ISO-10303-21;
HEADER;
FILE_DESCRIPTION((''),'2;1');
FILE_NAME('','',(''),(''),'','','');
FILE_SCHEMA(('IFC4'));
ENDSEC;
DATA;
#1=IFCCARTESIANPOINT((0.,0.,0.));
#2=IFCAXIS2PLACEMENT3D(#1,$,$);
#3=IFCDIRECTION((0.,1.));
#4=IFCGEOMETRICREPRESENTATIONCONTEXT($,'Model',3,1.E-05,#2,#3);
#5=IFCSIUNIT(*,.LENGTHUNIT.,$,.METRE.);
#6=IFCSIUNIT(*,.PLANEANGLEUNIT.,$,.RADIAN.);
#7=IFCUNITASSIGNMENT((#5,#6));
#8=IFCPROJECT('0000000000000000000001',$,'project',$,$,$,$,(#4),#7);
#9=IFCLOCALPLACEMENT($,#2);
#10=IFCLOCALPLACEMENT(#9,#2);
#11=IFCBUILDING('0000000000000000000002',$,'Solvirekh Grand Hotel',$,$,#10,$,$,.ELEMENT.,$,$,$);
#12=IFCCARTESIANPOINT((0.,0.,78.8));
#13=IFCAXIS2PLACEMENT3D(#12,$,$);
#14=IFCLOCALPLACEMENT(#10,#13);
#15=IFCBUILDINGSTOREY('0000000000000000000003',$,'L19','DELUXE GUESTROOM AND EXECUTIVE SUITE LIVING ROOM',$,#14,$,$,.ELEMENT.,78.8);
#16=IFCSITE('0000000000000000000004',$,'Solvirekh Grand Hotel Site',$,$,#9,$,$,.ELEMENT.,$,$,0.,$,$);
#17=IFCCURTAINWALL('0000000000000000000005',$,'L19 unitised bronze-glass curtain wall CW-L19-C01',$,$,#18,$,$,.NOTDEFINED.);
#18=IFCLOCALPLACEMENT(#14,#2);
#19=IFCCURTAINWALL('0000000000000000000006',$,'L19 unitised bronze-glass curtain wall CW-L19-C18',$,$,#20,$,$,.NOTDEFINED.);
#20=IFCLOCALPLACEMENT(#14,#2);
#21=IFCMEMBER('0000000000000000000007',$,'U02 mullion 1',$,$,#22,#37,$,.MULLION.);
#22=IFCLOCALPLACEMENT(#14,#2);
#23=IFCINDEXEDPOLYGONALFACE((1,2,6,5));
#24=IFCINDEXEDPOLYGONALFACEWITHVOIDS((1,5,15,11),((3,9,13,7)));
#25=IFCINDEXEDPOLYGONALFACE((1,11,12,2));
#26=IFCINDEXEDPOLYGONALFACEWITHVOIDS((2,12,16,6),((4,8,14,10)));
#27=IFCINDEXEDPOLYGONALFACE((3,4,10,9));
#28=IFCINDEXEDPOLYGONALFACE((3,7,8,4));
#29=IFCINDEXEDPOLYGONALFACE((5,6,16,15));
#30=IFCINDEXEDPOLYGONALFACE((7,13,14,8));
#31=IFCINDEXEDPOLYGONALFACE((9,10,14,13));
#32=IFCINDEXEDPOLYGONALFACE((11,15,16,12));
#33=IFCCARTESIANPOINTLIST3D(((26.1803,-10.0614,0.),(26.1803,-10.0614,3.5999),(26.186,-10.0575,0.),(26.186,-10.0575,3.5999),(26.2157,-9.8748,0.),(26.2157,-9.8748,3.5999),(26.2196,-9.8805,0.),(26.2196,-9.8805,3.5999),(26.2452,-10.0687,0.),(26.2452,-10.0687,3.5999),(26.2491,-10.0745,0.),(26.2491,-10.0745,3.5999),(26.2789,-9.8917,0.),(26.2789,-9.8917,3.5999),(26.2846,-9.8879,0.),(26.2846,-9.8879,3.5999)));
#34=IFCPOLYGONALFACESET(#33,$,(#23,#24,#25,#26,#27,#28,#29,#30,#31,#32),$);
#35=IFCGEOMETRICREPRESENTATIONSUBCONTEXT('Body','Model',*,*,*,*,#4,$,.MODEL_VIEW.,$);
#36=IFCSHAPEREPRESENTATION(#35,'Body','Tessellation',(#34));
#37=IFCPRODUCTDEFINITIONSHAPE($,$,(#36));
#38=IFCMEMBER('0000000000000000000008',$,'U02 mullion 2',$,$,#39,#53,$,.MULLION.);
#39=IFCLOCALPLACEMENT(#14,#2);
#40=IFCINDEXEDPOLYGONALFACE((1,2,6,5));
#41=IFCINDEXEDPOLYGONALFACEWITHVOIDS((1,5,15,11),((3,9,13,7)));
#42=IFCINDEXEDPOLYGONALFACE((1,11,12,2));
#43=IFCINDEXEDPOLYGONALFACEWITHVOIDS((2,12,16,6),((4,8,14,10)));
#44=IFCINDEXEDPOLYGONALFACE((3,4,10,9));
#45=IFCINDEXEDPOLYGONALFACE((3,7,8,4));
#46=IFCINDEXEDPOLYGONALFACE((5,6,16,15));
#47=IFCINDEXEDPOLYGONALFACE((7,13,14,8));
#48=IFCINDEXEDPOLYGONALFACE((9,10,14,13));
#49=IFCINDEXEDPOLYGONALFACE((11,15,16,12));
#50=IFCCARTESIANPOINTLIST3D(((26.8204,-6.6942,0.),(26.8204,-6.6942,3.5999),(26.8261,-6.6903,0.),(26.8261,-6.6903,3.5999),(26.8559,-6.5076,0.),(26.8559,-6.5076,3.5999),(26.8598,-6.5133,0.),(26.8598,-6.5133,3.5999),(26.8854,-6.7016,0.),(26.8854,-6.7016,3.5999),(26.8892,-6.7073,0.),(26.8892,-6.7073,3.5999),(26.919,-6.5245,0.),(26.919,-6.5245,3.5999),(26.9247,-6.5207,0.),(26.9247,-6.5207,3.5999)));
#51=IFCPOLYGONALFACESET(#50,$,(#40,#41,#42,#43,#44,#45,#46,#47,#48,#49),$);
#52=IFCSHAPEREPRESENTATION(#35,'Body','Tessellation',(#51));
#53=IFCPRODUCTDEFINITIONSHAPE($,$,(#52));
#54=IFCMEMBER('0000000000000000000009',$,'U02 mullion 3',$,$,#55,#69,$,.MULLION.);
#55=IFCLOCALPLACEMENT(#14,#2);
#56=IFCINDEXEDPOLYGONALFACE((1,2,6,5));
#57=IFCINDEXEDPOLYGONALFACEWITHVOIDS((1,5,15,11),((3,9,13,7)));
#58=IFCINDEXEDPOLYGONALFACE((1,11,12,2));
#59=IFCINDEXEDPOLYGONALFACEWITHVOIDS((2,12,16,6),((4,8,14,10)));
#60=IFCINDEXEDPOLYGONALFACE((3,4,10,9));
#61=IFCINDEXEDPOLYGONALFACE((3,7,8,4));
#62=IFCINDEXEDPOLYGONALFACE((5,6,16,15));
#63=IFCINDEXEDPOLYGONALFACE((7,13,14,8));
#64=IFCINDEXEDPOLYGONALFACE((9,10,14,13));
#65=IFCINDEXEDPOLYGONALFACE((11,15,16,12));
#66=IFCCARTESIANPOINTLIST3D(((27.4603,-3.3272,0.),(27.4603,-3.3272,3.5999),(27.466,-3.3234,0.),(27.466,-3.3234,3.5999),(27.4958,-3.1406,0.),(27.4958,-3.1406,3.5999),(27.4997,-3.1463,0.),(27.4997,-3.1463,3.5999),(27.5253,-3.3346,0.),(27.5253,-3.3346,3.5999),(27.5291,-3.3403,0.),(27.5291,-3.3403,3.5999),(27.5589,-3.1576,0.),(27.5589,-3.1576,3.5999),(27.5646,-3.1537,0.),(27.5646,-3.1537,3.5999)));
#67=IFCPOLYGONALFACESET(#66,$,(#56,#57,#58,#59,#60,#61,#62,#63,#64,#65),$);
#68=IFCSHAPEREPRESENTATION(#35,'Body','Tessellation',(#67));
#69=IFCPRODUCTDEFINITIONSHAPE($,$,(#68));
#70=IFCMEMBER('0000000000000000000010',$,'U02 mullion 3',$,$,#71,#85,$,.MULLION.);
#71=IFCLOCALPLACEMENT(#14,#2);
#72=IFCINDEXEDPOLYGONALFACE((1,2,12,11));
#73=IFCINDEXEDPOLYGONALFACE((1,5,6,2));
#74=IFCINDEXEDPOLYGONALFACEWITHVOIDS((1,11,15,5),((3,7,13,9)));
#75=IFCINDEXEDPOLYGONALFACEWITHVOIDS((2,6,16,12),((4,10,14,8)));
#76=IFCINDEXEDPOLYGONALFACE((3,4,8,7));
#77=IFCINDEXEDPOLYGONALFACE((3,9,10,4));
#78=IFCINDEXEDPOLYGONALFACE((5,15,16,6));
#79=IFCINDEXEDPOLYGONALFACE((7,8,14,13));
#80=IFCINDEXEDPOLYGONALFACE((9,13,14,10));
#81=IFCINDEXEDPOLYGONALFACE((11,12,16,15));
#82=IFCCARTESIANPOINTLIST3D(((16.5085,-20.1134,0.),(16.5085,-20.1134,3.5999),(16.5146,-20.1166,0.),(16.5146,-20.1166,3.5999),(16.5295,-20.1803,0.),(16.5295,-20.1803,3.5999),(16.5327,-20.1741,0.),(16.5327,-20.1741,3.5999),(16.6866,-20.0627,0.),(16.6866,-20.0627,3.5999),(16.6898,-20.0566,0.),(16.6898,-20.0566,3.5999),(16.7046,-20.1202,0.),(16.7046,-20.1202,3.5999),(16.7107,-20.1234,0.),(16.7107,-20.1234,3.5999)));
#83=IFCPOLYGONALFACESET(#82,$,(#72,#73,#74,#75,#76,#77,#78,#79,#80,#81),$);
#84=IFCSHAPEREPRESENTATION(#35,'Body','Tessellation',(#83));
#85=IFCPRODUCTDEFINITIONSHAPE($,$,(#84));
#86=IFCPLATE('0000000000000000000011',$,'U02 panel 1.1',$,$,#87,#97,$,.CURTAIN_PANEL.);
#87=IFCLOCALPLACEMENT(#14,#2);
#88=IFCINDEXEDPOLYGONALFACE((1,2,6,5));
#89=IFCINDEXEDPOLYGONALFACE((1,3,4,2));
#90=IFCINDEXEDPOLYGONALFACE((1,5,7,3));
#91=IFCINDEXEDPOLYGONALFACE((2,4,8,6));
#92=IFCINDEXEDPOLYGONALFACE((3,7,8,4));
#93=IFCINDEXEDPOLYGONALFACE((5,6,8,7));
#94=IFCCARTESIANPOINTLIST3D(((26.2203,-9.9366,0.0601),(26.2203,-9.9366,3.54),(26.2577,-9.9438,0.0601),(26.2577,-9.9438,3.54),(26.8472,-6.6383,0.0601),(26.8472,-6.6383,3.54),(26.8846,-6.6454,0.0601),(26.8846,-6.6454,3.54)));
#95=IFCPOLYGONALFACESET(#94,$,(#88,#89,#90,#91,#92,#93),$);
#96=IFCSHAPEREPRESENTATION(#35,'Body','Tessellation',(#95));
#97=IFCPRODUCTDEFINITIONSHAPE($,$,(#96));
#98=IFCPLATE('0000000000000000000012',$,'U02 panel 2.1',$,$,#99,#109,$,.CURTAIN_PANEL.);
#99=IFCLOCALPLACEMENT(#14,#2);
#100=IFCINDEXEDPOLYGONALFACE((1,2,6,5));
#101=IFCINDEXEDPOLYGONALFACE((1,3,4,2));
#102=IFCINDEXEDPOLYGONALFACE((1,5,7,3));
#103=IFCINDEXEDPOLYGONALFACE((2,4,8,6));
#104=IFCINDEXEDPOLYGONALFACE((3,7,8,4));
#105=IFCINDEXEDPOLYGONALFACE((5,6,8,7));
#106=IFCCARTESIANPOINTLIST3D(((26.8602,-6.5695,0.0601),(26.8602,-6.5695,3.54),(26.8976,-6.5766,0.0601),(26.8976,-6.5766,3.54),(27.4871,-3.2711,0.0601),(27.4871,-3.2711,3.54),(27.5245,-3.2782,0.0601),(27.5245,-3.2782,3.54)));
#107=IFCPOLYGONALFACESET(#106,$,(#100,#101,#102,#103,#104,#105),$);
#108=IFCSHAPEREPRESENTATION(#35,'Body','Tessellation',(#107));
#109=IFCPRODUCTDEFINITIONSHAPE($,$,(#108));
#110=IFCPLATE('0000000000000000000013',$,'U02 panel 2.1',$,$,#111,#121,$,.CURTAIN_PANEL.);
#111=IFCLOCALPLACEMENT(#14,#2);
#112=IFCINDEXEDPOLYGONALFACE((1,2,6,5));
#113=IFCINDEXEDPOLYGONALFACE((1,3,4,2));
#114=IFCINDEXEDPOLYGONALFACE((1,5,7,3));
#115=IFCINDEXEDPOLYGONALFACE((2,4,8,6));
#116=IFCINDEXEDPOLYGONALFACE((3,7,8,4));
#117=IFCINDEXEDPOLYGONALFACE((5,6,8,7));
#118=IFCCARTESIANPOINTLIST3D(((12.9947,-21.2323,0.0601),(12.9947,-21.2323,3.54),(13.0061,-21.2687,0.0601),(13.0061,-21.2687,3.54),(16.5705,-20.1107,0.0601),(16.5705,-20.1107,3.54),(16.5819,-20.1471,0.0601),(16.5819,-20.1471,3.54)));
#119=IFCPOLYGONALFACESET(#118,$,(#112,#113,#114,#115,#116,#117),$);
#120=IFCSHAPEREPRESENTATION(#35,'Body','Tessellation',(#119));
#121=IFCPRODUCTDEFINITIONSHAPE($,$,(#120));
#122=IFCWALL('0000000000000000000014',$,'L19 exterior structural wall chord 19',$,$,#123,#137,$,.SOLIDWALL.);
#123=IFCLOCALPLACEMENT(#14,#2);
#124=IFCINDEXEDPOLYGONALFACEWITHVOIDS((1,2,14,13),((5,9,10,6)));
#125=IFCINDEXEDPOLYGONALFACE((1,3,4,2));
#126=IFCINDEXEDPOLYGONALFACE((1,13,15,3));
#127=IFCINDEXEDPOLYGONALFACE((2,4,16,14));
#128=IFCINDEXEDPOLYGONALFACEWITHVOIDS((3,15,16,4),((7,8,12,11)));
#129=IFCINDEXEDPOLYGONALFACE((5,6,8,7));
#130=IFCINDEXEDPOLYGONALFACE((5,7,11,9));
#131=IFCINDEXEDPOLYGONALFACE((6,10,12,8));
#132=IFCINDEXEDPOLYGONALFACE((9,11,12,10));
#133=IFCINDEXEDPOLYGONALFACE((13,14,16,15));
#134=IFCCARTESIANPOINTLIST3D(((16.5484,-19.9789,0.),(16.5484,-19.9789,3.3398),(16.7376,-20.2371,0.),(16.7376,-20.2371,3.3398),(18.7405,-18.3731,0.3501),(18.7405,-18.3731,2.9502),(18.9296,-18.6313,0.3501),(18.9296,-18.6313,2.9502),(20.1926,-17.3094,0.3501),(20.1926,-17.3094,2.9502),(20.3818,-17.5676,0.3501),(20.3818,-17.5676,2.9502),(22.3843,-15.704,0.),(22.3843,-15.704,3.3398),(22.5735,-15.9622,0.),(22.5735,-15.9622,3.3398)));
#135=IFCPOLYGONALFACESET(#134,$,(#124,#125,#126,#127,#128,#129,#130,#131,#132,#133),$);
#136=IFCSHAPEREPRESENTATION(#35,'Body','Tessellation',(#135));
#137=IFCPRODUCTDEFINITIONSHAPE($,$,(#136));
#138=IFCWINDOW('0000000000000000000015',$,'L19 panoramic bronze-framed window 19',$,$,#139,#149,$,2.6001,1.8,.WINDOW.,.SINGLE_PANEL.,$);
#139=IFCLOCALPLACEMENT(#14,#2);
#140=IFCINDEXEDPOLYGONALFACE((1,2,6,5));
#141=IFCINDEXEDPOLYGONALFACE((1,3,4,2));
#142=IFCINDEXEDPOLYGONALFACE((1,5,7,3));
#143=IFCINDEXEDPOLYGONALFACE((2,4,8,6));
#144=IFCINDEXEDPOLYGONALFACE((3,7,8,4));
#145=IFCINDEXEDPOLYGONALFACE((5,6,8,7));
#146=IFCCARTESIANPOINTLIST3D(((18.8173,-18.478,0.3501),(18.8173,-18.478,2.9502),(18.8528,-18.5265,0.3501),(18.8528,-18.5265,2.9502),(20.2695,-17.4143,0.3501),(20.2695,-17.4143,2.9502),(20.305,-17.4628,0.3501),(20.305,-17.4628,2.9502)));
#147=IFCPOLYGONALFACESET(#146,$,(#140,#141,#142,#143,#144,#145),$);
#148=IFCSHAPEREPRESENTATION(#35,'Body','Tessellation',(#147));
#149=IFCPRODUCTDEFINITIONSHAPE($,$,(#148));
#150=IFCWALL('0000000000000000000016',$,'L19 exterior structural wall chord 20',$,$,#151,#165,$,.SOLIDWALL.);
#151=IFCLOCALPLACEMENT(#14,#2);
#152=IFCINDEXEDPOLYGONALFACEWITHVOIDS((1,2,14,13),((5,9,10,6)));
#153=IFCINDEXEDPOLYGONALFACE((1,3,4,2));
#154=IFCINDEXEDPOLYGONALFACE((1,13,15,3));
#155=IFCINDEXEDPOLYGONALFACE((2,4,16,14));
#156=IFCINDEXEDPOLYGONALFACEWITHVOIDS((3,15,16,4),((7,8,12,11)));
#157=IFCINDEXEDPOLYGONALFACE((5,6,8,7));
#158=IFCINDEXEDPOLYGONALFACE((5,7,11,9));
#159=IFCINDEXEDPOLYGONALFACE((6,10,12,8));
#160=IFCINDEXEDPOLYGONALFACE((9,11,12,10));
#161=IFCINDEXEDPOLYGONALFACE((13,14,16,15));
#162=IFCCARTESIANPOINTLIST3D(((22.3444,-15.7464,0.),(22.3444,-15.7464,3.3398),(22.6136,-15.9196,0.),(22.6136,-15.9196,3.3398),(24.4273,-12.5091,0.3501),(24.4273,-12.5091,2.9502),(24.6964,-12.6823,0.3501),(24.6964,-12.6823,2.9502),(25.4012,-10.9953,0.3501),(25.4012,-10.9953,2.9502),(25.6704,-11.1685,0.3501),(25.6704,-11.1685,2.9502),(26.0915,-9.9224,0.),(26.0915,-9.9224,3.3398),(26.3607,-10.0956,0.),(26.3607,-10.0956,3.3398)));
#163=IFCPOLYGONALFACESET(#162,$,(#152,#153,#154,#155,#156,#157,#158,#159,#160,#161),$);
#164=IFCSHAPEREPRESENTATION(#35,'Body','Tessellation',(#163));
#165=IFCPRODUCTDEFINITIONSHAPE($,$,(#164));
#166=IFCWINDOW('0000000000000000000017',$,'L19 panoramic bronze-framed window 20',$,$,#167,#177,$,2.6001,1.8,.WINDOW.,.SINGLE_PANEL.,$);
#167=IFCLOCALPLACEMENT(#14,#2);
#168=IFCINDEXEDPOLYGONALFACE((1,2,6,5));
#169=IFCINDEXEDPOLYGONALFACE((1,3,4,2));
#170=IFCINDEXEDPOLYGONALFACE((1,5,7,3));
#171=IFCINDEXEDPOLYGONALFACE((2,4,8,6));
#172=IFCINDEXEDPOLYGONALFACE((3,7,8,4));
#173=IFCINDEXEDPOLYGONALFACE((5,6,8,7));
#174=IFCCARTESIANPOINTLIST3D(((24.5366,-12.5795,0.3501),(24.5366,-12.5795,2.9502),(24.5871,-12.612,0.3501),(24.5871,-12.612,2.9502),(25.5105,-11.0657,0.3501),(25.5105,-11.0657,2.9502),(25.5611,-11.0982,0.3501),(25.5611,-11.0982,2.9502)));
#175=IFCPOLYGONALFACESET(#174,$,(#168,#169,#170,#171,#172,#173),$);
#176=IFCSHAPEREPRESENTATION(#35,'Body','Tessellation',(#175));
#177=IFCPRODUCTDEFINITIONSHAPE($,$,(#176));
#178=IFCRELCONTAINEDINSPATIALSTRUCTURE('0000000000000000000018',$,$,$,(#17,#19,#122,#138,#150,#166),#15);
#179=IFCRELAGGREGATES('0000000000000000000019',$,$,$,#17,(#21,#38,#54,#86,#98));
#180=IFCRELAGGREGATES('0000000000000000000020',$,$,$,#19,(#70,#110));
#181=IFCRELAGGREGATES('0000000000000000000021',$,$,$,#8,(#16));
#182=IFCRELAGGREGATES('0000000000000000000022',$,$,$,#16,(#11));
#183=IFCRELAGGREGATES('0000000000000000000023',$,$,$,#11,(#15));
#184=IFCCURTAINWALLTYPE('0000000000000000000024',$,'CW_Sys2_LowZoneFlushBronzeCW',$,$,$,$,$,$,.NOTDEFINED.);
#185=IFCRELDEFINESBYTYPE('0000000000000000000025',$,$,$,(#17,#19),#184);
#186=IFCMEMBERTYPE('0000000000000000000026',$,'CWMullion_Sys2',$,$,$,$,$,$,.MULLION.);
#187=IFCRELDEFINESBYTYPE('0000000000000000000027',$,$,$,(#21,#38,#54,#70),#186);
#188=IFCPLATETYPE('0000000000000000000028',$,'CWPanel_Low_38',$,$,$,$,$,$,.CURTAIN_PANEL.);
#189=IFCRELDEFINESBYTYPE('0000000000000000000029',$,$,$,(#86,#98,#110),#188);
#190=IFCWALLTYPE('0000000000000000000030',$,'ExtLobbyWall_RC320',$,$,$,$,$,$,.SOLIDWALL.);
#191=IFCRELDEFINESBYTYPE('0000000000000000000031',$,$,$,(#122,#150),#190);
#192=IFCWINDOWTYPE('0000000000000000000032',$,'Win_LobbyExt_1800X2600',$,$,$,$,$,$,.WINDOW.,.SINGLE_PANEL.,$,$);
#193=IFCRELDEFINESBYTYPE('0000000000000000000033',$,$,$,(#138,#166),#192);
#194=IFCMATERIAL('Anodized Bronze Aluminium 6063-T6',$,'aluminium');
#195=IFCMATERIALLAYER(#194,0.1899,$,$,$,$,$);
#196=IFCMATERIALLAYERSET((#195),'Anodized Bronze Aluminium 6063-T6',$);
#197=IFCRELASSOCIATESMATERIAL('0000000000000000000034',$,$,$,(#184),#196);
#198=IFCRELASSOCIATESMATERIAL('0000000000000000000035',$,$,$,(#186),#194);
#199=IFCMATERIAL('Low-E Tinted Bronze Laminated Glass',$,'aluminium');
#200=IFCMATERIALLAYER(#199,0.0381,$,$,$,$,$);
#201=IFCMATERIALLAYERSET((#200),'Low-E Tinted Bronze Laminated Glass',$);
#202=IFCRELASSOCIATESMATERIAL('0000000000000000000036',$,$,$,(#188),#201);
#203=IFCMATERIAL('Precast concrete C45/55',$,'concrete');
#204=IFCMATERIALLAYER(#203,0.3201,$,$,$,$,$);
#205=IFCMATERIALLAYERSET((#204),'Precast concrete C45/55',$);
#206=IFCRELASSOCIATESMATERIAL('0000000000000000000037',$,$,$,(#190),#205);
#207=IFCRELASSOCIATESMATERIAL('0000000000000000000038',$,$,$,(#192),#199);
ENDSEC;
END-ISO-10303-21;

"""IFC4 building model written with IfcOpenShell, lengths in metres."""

from ifc_helpers import new_model, si_unit, direction, frame, frame_2d, origin, origin_2d, place, context, subcontext, project, spatial, rectangle, hollow_rectangle, extrude, source, transform, mapped, material, layer, layer_set, material_profile, profile_set, type_object, element, fill, aggregate, save


model = new_model("IFC4")

# Units and contexts
model_context = context("Model", 3, precision=1e-05, world=origin(), true_north=direction((0.0, 1.0)))
body_context = subcontext(model_context, "Body", "Model", "MODEL_VIEW")
ifc_project = project(units=[si_unit("LENGTHUNIT", "METRE"), si_unit("PLANEANGLEUNIT", "RADIAN")], contexts=[model_context])

# Site, building, storey
site_placement = place(None, origin())
site = spatial("IfcSite", under=ifc_project, at=site_placement, Name="Solvirekh Grand Hotel Site", CompositionType="ELEMENT", RefElevation=0.0)
building_placement = place(site_placement, origin())
building = spatial("IfcBuilding", under=site, at=building_placement, Name="Solvirekh Grand Hotel", CompositionType="ELEMENT")
storey_placement = place(building_placement, frame((0.0, 0.0, 78.8)))
storey = spatial("IfcBuildingStorey", under=building, at=storey_placement, Name="L19", Description="DELUXE GUESTROOM AND EXECUTIVE SUITE LIVING ROOM", CompositionType="ELEMENT", Elevation=78.8)

# Curtain wall
ifc_material_1 = material(Name="Anodized Bronze Aluminium 6063-T6", Category="aluminium")
ifc_layer_1 = layer(ifc_material_1, 0.1899)
ifc_layer_set_1 = layer_set([ifc_layer_1], Name="Anodized Bronze Aluminium 6063-T6")
curtain_wall_type = type_object("IfcCurtainWallType", Name="CW_Sys2_LowZoneFlushBronzeCW", PredefinedType="NOTDEFINED", material=ifc_layer_set_1)
curtain_wall_1_placement = place(storey_placement, origin())
curtain_wall_1 = element("IfcCurtainWall", 1, at=curtain_wall_1_placement, inside=storey, type_object=curtain_wall_type, Name="L19 unitised bronze-glass curtain wall CW-L19-C01", PredefinedType="NOTDEFINED")

# Curtain wall
curtain_wall_2_placement = place(storey_placement, origin())
curtain_wall_2 = element("IfcCurtainWall", 2, at=curtain_wall_2_placement, inside=storey, type_object=curtain_wall_type, Name="L19 unitised bronze-glass curtain wall CW-L19-C18", PredefinedType="NOTDEFINED")

# Members
ifc_material_profile_1 = material_profile(ifc_material_1, hollow_rectangle(XDim=0.0701, YDim=0.1899, WallThickness=0.0049, at=origin_2d()), Name="ALU RHS 190X70X5")
ifc_profile_set_1 = profile_set([ifc_material_profile_1], Name="Anodized Bronze Aluminium 6063-T6")
member_type_1 = type_object("IfcMemberType", Name="CWMullion_Sys2", PredefinedType="MULLION", material=ifc_profile_set_1)
shared_shape_1 = source(origin(), body_context, "Body", "SweptSolid", [
    extrude(hollow_rectangle(XDim=0.0701, YDim=0.1899, WallThickness=0.0049, at=origin_2d()), origin(), (0.0, 0.0, 1.0), 3.5999),
])
member_1_placement = place(storey_placement, frame((26.2324, -9.9746, 0.0), z_axis=(0.0, 0.0, 1.0), x_axis=(-0.982413, 0.186721, 0.0)))
member_1 = element("IfcMember", 3, at=member_1_placement, type_object=member_type_1, Name="U02 mullion 1", PredefinedType="MULLION", context=body_context, shape_type="MappedRepresentation", body=[
    mapped(shared_shape_1, transform((0.0, 0.0, 0.0), x_axis=(1.0, 0.0, 0.0), y_axis=(0.0, 1.0, 0.0), z_axis=(0.0, 0.0, 1.0), scale=1.0)),
])
member_2_placement = place(storey_placement, frame((26.8726, -6.6074, 0.0), z_axis=(0.0, 0.0, 1.0), x_axis=(-0.982413, 0.186721, 0.0)))
member_2 = element("IfcMember", 4, at=member_2_placement, type_object=member_type_1, Name="U02 mullion 2", PredefinedType="MULLION", context=body_context, shape_type="MappedRepresentation", body=[
    mapped(shared_shape_1, transform((0.0, 0.0, 0.0), x_axis=(1.0, 0.0, 0.0), y_axis=(0.0, 1.0, 0.0), z_axis=(0.0, 0.0, 1.0), scale=1.0)),
])
member_3_placement = place(storey_placement, frame((27.5125, -3.2405, 0.0), z_axis=(0.0, 0.0, 1.0), x_axis=(-0.982413, 0.186721, 0.0)))
member_3 = element("IfcMember", 5, at=member_3_placement, type_object=member_type_1, Name="U02 mullion 3", PredefinedType="MULLION", context=body_context, shape_type="MappedRepresentation", body=[
    mapped(shared_shape_1, transform((0.0, 0.0, 0.0), x_axis=(1.0, 0.0, 0.0), y_axis=(0.0, 1.0, 0.0), z_axis=(0.0, 0.0, 1.0), scale=1.0)),
])
member_4_placement = place(storey_placement, frame((16.6096, -20.1184, 0.0), z_axis=(0.0, 0.0, 1.0), x_axis=(-0.29928, 0.954165, 0.0)))
member_4 = element("IfcMember", 6, at=member_4_placement, type_object=member_type_1, Name="U02 mullion 3", PredefinedType="MULLION", context=body_context, shape_type="MappedRepresentation", body=[
    mapped(shared_shape_1, transform((0.0, 0.0, 0.0), x_axis=(1.0, 0.0, 0.0), y_axis=(0.0, 1.0, 0.0), z_axis=(0.0, 0.0, 1.0), scale=1.0)),
])

# Plates
ifc_material_2 = material(Name="Low-E Tinted Bronze Laminated Glass", Category="aluminium")
ifc_layer_2 = layer(ifc_material_2, 0.0381)
ifc_layer_set_2 = layer_set([ifc_layer_2], Name="Low-E Tinted Bronze Laminated Glass")
plate_type = type_object("IfcPlateType", Name="CWPanel_Low_38", PredefinedType="CURTAIN_PANEL", material=ifc_layer_set_2)
shared_shape_2 = source(origin(), body_context, "Body", "SweptSolid", [
    extrude(rectangle(XDim=3.3574, YDim=0.0381, at=origin_2d()), origin(), (0.0, 0.0, 1.0), 3.48),
])
plate_1_placement = place(storey_placement, frame((26.5525, -8.291, 0.0601), z_axis=(0.0, 0.0, 1.0), x_axis=(0.186721, 0.982413, 0.0)))
plate_1 = element("IfcPlate", 7, at=plate_1_placement, type_object=plate_type, Name="U02 panel 1.1", PredefinedType="CURTAIN_PANEL", context=body_context, shape_type="MappedRepresentation", body=[
    mapped(shared_shape_2, transform((0.0, 0.0, 0.0), x_axis=(1.0, 0.0, 0.0), y_axis=(0.0, 1.0, 0.0), z_axis=(0.0, 0.0, 1.0), scale=1.0)),
])
plate_2_placement = place(storey_placement, frame((27.1924, -4.9238, 0.0601), z_axis=(0.0, 0.0, 1.0), x_axis=(0.186721, 0.982413, 0.0)))
plate_2 = element("IfcPlate", 8, at=plate_2_placement, type_object=plate_type, Name="U02 panel 2.1", PredefinedType="CURTAIN_PANEL", context=body_context, shape_type="MappedRepresentation", body=[
    mapped(shared_shape_2, transform((0.0, 0.0, 0.0), x_axis=(1.0, 0.0, 0.0), y_axis=(0.0, 1.0, 0.0), z_axis=(0.0, 0.0, 1.0), scale=1.0)),
])
aggregate(curtain_wall_1, [member_1, member_2, member_3, plate_1, plate_2])
shared_shape_3 = source(origin(), body_context, "Body", "SweptSolid", [
    extrude(rectangle(XDim=3.7476, YDim=0.0381, at=origin_2d()), origin(), (0.0, 0.0, 1.0), 3.48),
])
plate_3_placement = place(storey_placement, frame((14.7883, -20.6897, 0.0601), z_axis=(0.0, 0.0, 1.0), x_axis=(0.954165, 0.29928, 0.0)))
plate_3 = element("IfcPlate", 9, at=plate_3_placement, type_object=plate_type, Name="U02 panel 2.1", PredefinedType="CURTAIN_PANEL", context=body_context, shape_type="MappedRepresentation", body=[
    mapped(shared_shape_3, transform((0.0, 0.0, 0.0), x_axis=(1.0, 0.0, 0.0), y_axis=(0.0, 1.0, 0.0), z_axis=(0.0, 0.0, 1.0), scale=1.0)),
])
aggregate(curtain_wall_2, [member_4, plate_3])

# Walls, openings, windows
ifc_material_3 = material(Name="Precast concrete C45/55", Category="concrete")
ifc_layer_3 = layer(ifc_material_3, 0.3201)
ifc_layer_set_3 = layer_set([ifc_layer_3], Name="Precast concrete C45/55")
wall_type_1 = type_object("IfcWallType", Name="ExtLobbyWall_RC320", PredefinedType="SOLIDWALL", material=ifc_layer_set_3)
wall_1_placement = place(storey_placement, frame((22.479, -15.833, 0.0), z_axis=(0.0, 0.0, 1.0), x_axis=(-0.80672, -0.590933, 0.0)))
wall_1 = element("IfcWall", 10, at=wall_1_placement, inside=storey, type_object=wall_type_1, Name="L19 exterior structural wall chord 19", PredefinedType="SOLIDWALL", context=body_context, shape_type="SweptSolid", body=[
    extrude(rectangle(XDim=7.2341, YDim=0.3201, at=frame_2d((3.6172, 0.0))), origin(), (0.0, 0.0, 1.0), 3.3398),
])
opening_1_placement = place(wall_1_placement, frame((2.717, 0.0, 0.3501)))
opening_1 = element("IfcOpeningElement", 11, at=opening_1_placement, cuts=wall_1, PredefinedType="OPENING", context=body_context, shape_type="SweptSolid", body=[
    extrude(rectangle(XDim=1.8, YDim=2.6001, at=frame_2d((0.8999, 1.3))), frame((0.0, 0.1699, 0.0), z_axis=(0.0, -1.0, 0.0), x_axis=(1.0, 0.0, 0.0)), (0.0, 0.0, 1.0), 0.3401),
])
window_type = type_object("IfcWindowType", Name="Win_LobbyExt_1800X2600", PartitioningType="SINGLE_PANEL", PredefinedType="WINDOW", material=ifc_material_2)
window_1_placement = place(opening_1_placement, origin())
window_1 = element("IfcWindow", 12, at=window_1_placement, inside=storey, type_object=window_type, Name="L19 panoramic bronze-framed window 19", OverallHeight=2.6001, OverallWidth=1.8, PartitioningType="SINGLE_PANEL", PredefinedType="WINDOW", context=body_context, shape_type="SweptSolid", body=[
    extrude(rectangle(XDim=1.8, YDim=2.6001, at=frame_2d((0.8999, 1.3))), frame((0.0, 0.03, 0.0), z_axis=(0.0, -1.0, 0.0), x_axis=(1.0, 0.0, 0.0)), (0.0, 0.0, 1.0), 0.0601),
])
fill(opening_1, window_1)
wall_2_placement = place(storey_placement, frame((26.2261, -10.009, 0.0), z_axis=(0.0, 0.0, 1.0), x_axis=(-0.541073, -0.840976, 0.0)))
wall_2 = element("IfcWall", 13, at=wall_2_placement, inside=storey, type_object=wall_type_1, Name="L19 exterior structural wall chord 20", PredefinedType="SOLIDWALL", context=body_context, shape_type="SweptSolid", body=[
    extrude(rectangle(XDim=6.9253, YDim=0.3201, at=frame_2d((3.4626, 0.0))), origin(), (0.0, 0.0, 1.0), 3.3398),
])
opening_2_placement = place(wall_2_placement, frame((1.2759, 0.0, 0.3501)))
opening_2 = element("IfcOpeningElement", 14, at=opening_2_placement, cuts=wall_2, PredefinedType="OPENING", context=body_context, shape_type="SweptSolid", body=[
    extrude(rectangle(XDim=1.8, YDim=2.6001, at=frame_2d((0.8999, 1.3))), frame((0.0, 0.1699, 0.0), z_axis=(0.0, -1.0, 0.0), x_axis=(1.0, 0.0, 0.0)), (0.0, 0.0, 1.0), 0.3401),
])
window_2_placement = place(opening_2_placement, origin())
window_2 = element("IfcWindow", 15, at=window_2_placement, inside=storey, type_object=window_type, Name="L19 panoramic bronze-framed window 20", OverallHeight=2.6001, OverallWidth=1.8, PartitioningType="SINGLE_PANEL", PredefinedType="WINDOW", context=body_context, shape_type="SweptSolid", body=[
    extrude(rectangle(XDim=1.8, YDim=2.6001, at=frame_2d((0.8999, 1.3))), frame((0.0, 0.03, 0.0), z_axis=(0.0, -1.0, 0.0), x_axis=(1.0, 0.0, 0.0)), (0.0, 0.0, 1.0), 0.0601),
])
fill(opening_2, window_2)

save(model, "model.ifc")
